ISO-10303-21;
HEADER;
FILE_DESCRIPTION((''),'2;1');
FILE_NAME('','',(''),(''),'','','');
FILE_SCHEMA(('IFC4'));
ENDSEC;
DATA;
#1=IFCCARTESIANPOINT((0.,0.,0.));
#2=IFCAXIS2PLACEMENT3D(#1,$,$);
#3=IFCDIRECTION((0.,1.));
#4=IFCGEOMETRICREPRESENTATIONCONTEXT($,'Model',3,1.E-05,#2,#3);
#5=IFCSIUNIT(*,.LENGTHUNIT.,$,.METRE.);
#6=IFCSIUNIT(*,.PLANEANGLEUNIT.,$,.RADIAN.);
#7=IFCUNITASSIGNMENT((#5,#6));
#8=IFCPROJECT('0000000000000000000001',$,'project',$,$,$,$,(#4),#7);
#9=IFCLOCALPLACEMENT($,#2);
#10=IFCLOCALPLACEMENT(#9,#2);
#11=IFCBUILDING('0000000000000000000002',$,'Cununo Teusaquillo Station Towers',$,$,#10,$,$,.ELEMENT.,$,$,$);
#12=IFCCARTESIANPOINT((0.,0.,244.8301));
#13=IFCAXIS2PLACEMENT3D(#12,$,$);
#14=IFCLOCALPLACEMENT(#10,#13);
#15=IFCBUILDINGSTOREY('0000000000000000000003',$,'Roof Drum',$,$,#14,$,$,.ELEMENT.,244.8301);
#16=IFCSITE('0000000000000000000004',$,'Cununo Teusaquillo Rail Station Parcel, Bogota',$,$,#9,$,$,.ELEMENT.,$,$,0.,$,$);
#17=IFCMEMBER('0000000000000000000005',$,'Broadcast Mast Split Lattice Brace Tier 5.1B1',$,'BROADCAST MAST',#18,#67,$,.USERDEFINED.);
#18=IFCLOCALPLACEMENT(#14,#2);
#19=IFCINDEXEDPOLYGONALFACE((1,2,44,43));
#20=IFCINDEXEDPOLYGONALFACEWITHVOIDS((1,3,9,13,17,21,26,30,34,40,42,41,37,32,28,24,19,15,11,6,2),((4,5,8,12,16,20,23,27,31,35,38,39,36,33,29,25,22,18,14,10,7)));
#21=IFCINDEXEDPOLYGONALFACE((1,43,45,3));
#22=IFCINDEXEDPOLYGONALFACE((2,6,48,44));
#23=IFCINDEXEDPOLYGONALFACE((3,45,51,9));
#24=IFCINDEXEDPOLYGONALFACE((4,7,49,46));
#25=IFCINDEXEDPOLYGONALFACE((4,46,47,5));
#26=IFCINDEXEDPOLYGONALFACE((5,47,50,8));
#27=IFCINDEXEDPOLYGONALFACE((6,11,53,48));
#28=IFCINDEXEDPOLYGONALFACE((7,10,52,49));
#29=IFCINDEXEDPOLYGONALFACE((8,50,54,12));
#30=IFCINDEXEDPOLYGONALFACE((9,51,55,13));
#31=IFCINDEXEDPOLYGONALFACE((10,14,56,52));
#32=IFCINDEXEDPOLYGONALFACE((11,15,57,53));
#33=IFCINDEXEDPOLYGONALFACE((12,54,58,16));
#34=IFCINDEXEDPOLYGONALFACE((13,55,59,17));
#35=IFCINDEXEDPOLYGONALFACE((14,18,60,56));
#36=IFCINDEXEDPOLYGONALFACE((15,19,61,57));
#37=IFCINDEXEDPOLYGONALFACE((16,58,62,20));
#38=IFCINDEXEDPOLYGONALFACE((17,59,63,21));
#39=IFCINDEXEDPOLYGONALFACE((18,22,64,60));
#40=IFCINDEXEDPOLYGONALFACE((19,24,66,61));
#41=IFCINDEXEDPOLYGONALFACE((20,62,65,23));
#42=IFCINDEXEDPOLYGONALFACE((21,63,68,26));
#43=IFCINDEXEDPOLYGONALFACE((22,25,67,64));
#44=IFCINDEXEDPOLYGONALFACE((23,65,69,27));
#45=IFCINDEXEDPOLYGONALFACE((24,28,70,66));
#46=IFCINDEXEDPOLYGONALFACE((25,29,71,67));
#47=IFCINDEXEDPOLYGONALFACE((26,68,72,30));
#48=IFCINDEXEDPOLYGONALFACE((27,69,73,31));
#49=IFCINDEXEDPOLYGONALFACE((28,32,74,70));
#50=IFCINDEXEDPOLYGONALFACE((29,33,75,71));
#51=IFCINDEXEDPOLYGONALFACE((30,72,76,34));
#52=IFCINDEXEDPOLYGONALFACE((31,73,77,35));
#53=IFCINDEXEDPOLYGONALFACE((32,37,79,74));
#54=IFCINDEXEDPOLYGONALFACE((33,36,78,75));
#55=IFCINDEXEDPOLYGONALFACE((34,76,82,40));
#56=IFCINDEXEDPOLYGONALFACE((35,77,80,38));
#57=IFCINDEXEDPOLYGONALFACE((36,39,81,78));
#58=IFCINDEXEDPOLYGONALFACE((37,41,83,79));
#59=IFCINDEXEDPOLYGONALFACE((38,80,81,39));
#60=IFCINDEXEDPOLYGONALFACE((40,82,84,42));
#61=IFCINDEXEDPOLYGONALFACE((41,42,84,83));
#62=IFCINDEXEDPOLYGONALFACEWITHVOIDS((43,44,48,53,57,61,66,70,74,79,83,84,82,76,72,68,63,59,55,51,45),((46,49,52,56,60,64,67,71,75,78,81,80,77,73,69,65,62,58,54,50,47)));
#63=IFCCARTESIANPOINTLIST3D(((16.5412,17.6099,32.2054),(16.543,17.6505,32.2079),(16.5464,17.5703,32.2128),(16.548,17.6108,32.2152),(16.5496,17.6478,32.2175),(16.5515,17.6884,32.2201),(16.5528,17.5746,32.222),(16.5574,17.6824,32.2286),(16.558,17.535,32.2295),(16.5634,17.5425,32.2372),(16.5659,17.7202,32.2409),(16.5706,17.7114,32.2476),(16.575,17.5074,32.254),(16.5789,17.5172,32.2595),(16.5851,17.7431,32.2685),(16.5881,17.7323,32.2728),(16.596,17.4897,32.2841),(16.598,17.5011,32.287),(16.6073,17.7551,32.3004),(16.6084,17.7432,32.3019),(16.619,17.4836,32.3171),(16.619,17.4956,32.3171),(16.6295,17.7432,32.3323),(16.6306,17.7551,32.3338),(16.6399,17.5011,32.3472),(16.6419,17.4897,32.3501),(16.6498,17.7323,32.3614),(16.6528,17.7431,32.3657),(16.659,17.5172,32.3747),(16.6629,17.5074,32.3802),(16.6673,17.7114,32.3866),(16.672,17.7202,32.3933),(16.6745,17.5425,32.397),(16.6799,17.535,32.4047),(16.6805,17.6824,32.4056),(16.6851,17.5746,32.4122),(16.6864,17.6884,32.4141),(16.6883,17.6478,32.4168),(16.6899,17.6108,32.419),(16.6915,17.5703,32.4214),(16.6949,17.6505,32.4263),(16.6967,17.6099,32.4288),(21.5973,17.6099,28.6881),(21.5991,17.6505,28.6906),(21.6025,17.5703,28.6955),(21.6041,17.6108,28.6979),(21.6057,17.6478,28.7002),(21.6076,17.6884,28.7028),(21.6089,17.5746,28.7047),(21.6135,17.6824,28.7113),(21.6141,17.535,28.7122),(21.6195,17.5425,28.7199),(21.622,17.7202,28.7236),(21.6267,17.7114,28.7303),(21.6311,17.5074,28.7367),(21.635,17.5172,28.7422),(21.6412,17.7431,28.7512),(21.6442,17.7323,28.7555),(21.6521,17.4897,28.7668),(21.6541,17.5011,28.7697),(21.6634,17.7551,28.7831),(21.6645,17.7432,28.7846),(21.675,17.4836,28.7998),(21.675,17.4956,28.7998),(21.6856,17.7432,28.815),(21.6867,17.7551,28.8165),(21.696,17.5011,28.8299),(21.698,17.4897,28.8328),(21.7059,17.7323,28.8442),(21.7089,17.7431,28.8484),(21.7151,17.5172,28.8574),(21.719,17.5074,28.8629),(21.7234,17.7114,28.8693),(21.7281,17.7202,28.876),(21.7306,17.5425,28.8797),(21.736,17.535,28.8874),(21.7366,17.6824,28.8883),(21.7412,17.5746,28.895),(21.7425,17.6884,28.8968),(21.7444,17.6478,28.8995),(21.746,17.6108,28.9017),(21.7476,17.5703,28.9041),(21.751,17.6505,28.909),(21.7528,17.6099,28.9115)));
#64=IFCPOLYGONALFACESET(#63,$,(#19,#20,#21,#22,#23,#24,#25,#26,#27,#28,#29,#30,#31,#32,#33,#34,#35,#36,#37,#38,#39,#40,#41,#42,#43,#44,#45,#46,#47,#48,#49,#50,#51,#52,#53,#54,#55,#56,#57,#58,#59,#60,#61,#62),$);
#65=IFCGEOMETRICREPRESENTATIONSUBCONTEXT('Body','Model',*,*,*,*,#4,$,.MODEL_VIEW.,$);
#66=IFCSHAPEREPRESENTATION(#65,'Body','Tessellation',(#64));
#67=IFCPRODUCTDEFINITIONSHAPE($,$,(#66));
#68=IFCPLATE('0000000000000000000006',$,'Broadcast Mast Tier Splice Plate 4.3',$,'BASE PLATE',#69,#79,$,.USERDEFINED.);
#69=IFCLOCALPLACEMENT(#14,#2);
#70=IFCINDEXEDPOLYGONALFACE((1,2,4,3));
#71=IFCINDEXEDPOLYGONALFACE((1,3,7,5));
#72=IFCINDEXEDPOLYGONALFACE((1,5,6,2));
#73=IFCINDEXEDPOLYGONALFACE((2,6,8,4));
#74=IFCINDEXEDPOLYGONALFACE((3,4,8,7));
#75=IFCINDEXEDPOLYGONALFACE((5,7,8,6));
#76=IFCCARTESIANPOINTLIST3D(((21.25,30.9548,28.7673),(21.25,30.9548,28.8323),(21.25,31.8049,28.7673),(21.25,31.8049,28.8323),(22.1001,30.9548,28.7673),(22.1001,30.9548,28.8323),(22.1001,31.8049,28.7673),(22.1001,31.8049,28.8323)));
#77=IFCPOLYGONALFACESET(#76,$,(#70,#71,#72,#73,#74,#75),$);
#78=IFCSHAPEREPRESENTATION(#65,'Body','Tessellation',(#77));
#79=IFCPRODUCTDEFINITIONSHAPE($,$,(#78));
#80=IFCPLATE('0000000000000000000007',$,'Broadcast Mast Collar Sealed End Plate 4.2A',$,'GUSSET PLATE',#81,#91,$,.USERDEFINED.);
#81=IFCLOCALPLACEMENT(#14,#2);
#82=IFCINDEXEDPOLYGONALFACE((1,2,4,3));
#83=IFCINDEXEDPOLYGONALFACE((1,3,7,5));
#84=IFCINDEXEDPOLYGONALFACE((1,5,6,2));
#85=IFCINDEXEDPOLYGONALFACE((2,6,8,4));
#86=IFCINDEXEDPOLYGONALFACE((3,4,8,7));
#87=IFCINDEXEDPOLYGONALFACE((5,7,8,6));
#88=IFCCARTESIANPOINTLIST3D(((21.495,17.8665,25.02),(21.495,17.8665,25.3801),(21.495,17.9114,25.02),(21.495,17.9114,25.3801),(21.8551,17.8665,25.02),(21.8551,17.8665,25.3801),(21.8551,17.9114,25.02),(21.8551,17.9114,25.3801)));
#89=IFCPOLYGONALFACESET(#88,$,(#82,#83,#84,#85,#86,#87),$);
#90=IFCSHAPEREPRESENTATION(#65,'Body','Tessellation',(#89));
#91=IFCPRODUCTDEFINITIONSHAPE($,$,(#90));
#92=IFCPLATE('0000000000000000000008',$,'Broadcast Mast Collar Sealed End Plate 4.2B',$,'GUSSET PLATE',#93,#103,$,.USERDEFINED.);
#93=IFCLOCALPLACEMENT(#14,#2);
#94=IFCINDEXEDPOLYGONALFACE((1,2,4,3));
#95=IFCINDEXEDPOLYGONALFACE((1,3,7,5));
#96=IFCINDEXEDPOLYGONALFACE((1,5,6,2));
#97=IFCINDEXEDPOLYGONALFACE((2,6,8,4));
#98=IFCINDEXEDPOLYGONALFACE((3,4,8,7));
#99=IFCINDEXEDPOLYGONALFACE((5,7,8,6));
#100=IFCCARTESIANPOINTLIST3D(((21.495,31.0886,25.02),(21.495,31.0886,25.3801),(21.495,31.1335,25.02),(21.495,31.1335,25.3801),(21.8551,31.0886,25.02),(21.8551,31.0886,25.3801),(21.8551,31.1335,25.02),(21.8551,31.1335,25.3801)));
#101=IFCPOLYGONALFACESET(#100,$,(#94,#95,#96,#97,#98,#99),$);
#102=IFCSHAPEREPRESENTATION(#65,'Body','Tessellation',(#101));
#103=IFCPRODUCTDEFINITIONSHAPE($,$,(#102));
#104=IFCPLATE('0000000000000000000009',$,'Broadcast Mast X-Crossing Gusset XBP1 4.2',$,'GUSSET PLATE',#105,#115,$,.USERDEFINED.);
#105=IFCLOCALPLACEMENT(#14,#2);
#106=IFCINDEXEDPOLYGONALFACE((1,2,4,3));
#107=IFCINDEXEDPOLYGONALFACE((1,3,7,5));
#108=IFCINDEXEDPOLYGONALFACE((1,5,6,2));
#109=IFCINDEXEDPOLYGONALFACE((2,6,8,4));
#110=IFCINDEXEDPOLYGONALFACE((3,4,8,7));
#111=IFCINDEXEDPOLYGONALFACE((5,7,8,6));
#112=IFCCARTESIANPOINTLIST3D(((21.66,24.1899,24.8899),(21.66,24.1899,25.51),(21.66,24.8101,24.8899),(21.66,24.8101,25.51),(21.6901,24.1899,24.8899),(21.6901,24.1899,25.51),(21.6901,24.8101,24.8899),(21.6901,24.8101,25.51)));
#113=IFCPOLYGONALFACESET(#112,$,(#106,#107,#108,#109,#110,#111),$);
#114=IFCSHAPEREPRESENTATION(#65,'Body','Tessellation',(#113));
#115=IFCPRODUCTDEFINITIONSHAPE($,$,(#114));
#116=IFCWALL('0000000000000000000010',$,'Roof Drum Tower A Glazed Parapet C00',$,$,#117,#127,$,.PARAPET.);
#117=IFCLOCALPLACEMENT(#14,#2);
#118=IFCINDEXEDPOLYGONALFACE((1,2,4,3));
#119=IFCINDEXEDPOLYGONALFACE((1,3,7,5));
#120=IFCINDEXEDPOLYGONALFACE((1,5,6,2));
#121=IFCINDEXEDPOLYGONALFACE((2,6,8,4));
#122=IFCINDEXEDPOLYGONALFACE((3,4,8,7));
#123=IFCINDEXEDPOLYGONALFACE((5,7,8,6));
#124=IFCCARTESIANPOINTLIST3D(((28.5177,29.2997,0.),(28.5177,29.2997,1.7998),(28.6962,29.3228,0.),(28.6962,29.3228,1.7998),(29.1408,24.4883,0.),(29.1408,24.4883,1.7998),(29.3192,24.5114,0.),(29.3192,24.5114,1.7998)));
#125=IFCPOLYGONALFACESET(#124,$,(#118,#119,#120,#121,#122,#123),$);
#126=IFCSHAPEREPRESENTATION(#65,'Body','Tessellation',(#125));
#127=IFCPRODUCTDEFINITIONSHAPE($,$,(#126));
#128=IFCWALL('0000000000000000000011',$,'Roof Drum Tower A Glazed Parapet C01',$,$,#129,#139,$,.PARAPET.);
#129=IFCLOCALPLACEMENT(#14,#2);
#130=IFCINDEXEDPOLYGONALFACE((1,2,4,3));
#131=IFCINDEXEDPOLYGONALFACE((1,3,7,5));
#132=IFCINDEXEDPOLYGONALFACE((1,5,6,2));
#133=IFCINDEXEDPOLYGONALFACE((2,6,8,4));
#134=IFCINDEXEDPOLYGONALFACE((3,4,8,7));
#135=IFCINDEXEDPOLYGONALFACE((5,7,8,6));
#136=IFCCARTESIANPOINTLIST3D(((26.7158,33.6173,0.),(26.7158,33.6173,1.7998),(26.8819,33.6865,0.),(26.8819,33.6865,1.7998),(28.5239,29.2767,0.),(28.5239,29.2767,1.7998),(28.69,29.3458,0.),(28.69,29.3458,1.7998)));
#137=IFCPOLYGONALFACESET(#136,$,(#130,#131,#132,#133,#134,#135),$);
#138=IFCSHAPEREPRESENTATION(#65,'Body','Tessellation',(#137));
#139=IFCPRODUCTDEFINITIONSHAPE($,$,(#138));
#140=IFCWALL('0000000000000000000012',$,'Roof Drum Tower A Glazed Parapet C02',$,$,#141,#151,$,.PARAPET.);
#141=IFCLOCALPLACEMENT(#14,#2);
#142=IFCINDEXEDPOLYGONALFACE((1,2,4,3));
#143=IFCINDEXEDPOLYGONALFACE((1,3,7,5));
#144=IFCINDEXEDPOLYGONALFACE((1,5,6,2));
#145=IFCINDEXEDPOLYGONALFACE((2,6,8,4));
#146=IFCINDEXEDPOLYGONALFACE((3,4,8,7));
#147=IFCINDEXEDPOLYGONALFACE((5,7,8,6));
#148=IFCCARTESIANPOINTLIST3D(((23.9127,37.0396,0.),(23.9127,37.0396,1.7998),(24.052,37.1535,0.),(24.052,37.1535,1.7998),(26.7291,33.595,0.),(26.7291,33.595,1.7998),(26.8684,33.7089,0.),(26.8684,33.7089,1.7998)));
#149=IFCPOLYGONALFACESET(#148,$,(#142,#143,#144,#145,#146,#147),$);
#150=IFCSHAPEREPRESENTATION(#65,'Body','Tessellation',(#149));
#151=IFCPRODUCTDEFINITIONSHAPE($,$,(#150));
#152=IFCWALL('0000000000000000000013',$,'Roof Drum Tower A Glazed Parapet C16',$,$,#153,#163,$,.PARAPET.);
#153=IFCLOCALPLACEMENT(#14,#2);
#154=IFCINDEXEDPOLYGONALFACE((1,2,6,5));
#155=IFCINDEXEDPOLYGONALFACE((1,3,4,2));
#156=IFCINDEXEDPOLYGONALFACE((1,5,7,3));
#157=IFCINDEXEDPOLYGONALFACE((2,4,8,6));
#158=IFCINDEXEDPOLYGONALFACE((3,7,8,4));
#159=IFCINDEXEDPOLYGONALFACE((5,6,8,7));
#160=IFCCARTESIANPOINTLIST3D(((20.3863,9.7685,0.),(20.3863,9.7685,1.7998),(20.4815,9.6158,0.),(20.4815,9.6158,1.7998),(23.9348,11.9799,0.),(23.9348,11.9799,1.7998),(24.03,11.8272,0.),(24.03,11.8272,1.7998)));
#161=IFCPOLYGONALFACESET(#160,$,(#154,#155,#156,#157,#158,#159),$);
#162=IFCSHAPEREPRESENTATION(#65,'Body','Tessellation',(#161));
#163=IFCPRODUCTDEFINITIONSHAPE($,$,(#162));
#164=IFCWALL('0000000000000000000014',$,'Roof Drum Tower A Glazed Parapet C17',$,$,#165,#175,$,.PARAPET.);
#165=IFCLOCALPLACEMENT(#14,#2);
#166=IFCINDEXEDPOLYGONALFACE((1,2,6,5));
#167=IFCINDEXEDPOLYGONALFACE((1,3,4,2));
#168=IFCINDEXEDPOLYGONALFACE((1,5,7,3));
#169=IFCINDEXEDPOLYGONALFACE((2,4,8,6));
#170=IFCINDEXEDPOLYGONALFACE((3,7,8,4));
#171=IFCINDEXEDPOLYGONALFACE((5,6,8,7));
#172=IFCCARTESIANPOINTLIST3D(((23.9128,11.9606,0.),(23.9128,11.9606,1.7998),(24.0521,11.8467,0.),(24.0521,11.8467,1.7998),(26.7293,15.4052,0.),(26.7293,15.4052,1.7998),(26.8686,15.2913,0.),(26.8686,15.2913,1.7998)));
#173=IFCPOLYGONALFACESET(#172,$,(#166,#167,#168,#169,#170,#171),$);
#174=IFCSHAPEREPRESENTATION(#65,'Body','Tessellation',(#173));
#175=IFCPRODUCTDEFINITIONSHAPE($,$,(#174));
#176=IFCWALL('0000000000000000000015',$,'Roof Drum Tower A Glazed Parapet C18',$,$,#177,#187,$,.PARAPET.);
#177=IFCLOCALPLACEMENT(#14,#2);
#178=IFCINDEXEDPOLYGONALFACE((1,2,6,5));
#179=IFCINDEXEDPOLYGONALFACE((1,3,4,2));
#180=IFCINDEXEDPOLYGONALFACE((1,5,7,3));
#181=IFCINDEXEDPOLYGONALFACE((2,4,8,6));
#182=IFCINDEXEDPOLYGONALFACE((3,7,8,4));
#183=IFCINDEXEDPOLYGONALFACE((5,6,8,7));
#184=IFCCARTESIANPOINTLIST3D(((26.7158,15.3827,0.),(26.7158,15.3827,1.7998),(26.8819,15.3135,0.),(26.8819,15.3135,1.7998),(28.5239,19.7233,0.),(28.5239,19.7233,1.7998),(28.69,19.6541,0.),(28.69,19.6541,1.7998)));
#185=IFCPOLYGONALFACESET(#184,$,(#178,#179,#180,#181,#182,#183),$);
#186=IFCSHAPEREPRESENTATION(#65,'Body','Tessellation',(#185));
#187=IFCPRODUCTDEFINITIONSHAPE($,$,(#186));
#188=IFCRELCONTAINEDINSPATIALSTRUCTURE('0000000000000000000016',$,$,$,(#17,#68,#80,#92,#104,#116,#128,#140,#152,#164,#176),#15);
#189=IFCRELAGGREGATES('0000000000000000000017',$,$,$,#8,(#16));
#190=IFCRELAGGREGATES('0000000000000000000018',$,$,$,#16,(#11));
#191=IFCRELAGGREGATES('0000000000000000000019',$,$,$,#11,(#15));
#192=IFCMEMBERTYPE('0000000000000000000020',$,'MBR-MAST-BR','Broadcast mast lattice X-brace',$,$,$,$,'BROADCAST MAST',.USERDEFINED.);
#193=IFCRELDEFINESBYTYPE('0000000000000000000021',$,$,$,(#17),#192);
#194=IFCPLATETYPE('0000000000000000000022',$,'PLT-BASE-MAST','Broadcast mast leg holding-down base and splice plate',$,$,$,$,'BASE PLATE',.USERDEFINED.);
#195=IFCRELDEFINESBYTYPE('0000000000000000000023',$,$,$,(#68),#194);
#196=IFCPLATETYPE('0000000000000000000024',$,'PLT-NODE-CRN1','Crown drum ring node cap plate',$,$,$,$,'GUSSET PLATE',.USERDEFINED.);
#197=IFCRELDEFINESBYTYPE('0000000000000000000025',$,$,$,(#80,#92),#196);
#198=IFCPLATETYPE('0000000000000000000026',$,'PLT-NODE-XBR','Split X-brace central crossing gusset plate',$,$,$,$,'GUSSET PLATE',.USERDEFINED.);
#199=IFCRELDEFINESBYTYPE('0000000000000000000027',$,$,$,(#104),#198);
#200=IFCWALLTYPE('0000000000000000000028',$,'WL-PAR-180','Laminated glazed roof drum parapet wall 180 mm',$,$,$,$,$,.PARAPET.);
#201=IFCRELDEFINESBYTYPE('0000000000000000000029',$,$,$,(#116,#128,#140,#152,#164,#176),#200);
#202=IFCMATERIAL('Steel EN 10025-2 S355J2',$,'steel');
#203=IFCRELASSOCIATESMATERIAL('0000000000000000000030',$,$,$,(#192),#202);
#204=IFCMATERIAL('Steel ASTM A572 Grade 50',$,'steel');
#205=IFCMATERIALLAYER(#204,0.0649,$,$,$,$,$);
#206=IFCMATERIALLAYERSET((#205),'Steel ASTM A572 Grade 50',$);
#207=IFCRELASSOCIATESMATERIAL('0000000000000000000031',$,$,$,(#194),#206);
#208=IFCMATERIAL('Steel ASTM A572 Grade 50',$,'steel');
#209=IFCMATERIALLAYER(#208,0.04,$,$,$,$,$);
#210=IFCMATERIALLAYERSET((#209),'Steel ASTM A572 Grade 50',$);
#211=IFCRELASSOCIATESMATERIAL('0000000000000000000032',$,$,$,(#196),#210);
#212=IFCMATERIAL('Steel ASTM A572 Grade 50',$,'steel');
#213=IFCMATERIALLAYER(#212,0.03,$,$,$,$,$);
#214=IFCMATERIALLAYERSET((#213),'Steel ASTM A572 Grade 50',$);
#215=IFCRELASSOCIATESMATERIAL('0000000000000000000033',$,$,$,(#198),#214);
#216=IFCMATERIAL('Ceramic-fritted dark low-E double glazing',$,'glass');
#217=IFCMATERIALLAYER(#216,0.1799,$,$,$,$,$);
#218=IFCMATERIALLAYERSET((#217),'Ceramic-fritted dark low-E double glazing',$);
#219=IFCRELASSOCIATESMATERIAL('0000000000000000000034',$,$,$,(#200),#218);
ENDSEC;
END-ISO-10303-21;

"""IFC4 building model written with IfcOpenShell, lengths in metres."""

from ifc_helpers import new_model, si_unit, direction, frame, frame_2d, origin, origin_2d, place, context, subcontext, project, spatial, rectangle, hollow_circle, extrude, source, transform, mapped, material, layer, layer_set, material_profile, profile_set, type_object, element, save


model = new_model("IFC4")

# Units and contexts
model_context = context("Model", 3, precision=1e-05, world=origin(), true_north=direction((0.0, 1.0)))
body_context = subcontext(model_context, "Body", "Model", "MODEL_VIEW")
ifc_project = project(units=[si_unit("LENGTHUNIT", "METRE"), si_unit("PLANEANGLEUNIT", "RADIAN")], contexts=[model_context])

# Site, building, storey
site_placement = place(None, origin())
site = spatial("IfcSite", under=ifc_project, at=site_placement, Name="Cununo Teusaquillo Rail Station Parcel, Bogota", CompositionType="ELEMENT", RefElevation=0.0)
building_placement = place(site_placement, origin())
building = spatial("IfcBuilding", under=site, at=building_placement, Name="Cununo Teusaquillo Station Towers", CompositionType="ELEMENT")
storey_placement = place(building_placement, frame((0.0, 0.0, 244.8301)))
storey = spatial("IfcBuildingStorey", under=building, at=storey_placement, Name="Roof Drum", CompositionType="ELEMENT", Elevation=244.8301)

# Member
ifc_material_1 = material(Name="Steel EN 10025-2 S355J2", Category="steel")
ifc_material_profile_1 = material_profile(ifc_material_1, hollow_circle(Radius=0.1365, WallThickness=0.012, at=origin_2d()), Name="CHS 273x12")
ifc_profile_set_1 = profile_set([ifc_material_profile_1], Name="Steel EN 10025-2 S355J2")
member_type = type_object("IfcMemberType", Name="MBR-MAST-BR", Description="Broadcast mast lattice X-brace", ElementType="BROADCAST MAST", PredefinedType="USERDEFINED", material=ifc_profile_set_1)
member_1_placement = place(storey_placement, frame((21.675, 17.6201, 28.7998), z_axis=(-0.820904, 0.0, 0.571066), x_axis=(0.0, -1.0, 0.0)))
element("IfcMember", 1, at=member_1_placement, inside=storey, type_object=member_type, Name="Broadcast Mast Split Lattice Brace Tier 5.1B1", ObjectType="BROADCAST MAST", PredefinedType="USERDEFINED", context=body_context, shape_type="SweptSolid", body=[
    extrude(hollow_circle(Radius=0.1365, WallThickness=0.012, at=origin_2d()), origin(), (0.0, 0.0, 1.0), 6.1592),
])

# Plates
ifc_material_2 = material(Name="Steel ASTM A572 Grade 50", Category="steel")
ifc_layer_1 = layer(ifc_material_2, 0.0649)
ifc_layer_set_1 = layer_set([ifc_layer_1], Name="Steel ASTM A572 Grade 50")
plate_type_1 = type_object("IfcPlateType", Name="PLT-BASE-MAST", Description="Broadcast mast leg holding-down base and splice plate", ElementType="BASE PLATE", PredefinedType="USERDEFINED", material=ifc_layer_set_1)
shared_shape_1 = source(origin(), body_context, "Body", "SweptSolid", [
    extrude(rectangle(XDim=0.8501, YDim=0.8501, at=origin_2d()), origin(), (0.0, 0.0, 1.0), 0.0649),
])
plate_1_placement = place(storey_placement, frame((21.675, 31.3799, 28.7673), z_axis=(0.0, 0.0, 1.0), x_axis=(1.0, 0.0, 0.0)))
element("IfcPlate", 2, at=plate_1_placement, inside=storey, type_object=plate_type_1, Name="Broadcast Mast Tier Splice Plate 4.3", ObjectType="BASE PLATE", PredefinedType="USERDEFINED", context=body_context, shape_type="MappedRepresentation", body=[
    mapped(shared_shape_1, transform((0.0, 0.0, 0.0), x_axis=(1.0, 0.0, 0.0), y_axis=(0.0, 1.0, 0.0), z_axis=(0.0, 0.0, 1.0), scale=1.0)),
])
ifc_material_3 = material(Name="Steel ASTM A572 Grade 50", Category="steel")
ifc_layer_2 = layer(ifc_material_3, 0.04)
ifc_layer_set_2 = layer_set([ifc_layer_2], Name="Steel ASTM A572 Grade 50")
plate_type_2 = type_object("IfcPlateType", Name="PLT-NODE-CRN1", Description="Crown drum ring node cap plate", ElementType="GUSSET PLATE", PredefinedType="USERDEFINED", material=ifc_layer_set_2)
shared_shape_2 = source(origin(), body_context, "Body", "SweptSolid", [
    extrude(rectangle(XDim=0.0449, YDim=0.3601, at=origin_2d()), origin(), (0.0, 0.0, 1.0), 0.3601),
])
for number, where, z_axis, x_axis, name in (
    (3, (21.675, 17.8889, 25.02), (0.0, 0.0, 1.0), (0.0, 1.0, 0.0), "Broadcast Mast Collar Sealed End Plate 4.2A"),
    (4, (21.675, 31.1111, 25.02), (0.0, 0.0, 1.0), (0.0, 1.0, 0.0), "Broadcast Mast Collar Sealed End Plate 4.2B"),
):
    element("IfcPlate", number, at=place(storey_placement, frame(where, z_axis=z_axis, x_axis=x_axis)), inside=storey, type_object=plate_type_2, Name=name, ObjectType="GUSSET PLATE", PredefinedType="USERDEFINED", context=body_context, shape_type="MappedRepresentation", body=[
        mapped(shared_shape_2, transform((0.0, 0.0, 0.0), x_axis=(1.0, 0.0, 0.0), y_axis=(0.0, 1.0, 0.0), z_axis=(0.0, 0.0, 1.0), scale=1.0)),
    ])
ifc_material_4 = material(Name="Steel ASTM A572 Grade 50", Category="steel")
ifc_layer_3 = layer(ifc_material_4, 0.03)
ifc_layer_set_3 = layer_set([ifc_layer_3], Name="Steel ASTM A572 Grade 50")
plate_type_3 = type_object("IfcPlateType", Name="PLT-NODE-XBR", Description="Split X-brace central crossing gusset plate", ElementType="GUSSET PLATE", PredefinedType="USERDEFINED", material=ifc_layer_set_3)
shared_shape_3 = source(origin(), body_context, "Body", "SweptSolid", [
    extrude(rectangle(XDim=0.6201, YDim=0.03, at=origin_2d()), origin(), (0.0, 0.0, 1.0), 0.6201),
])
plate_2_placement = place(storey_placement, frame((21.675, 24.5, 24.8899), z_axis=(0.0, 0.0, 1.0), x_axis=(0.0, 1.0, 0.0)))
element("IfcPlate", 5, at=plate_2_placement, inside=storey, type_object=plate_type_3, Name="Broadcast Mast X-Crossing Gusset XBP1 4.2", ObjectType="GUSSET PLATE", PredefinedType="USERDEFINED", context=body_context, shape_type="MappedRepresentation", body=[
    mapped(shared_shape_3, transform((0.0, 0.0, 0.0), x_axis=(1.0, 0.0, 0.0), y_axis=(0.0, 1.0, 0.0), z_axis=(0.0, 0.0, 1.0), scale=1.0)),
])

# Walls
ifc_material_5 = material(Name="Ceramic-fritted dark low-E double glazing", Category="glass")
ifc_layer_4 = layer(ifc_material_5, 0.1799)
ifc_layer_set_4 = layer_set([ifc_layer_4], Name="Ceramic-fritted dark low-E double glazing")
wall_type = type_object("IfcWallType", Name="WL-PAR-180", Description="Laminated glazed roof drum parapet wall 180 mm", PredefinedType="PARAPET", material=ifc_layer_set_4)
wall_1_placement = place(storey_placement, frame((28.6069, 29.3113, 0.0), z_axis=(0.0, 0.0, 1.0), x_axis=(0.128425, -0.991719, 0.0)))
element("IfcWall", 6, at=wall_1_placement, inside=storey, type_object=wall_type, Name="Roof Drum Tower A Glazed Parapet C00", PredefinedType="PARAPET", context=body_context, shape_type="SweptSolid", body=[
    extrude(rectangle(XDim=4.8516, YDim=0.1799, at=frame_2d((2.4258, 0.0))), origin(), (0.0, 0.0, 1.0), 1.7998),
])
wall_2_placement = place(storey_placement, frame((26.7988, 33.6519, 0.0), z_axis=(0.0, 0.0, 1.0), x_axis=(0.384531, -0.923112, 0.0)))
element("IfcWall", 7, at=wall_2_placement, inside=storey, type_object=wall_type, Name="Roof Drum Tower A Glazed Parapet C01", PredefinedType="PARAPET", context=body_context, shape_type="SweptSolid", body=[
    extrude(rectangle(XDim=4.7021, YDim=0.1799, at=frame_2d((2.3511, 0.0))), origin(), (0.0, 0.0, 1.0), 1.7998),
])
wall_3_placement = place(storey_placement, frame((23.9824, 37.0964, 0.0), z_axis=(0.0, 0.0, 1.0), x_axis=(0.632984, -0.774165, 0.0)))
element("IfcWall", 8, at=wall_3_placement, inside=storey, type_object=wall_type, Name="Roof Drum Tower A Glazed Parapet C02", PredefinedType="PARAPET", context=body_context, shape_type="SweptSolid", body=[
    extrude(rectangle(XDim=4.4495, YDim=0.1799, at=frame_2d((2.2246, 0.0))), origin(), (0.0, 0.0, 1.0), 1.7998),
])
wall_4_placement = place(storey_placement, frame((23.9824, 11.9036, 0.0), z_axis=(0.0, 0.0, 1.0), x_axis=(-0.84869, -0.528891, 0.0)))
element("IfcWall", 9, at=wall_4_placement, inside=storey, type_object=wall_type, Name="Roof Drum Tower A Glazed Parapet C16", PredefinedType="PARAPET", context=body_context, shape_type="SweptSolid", body=[
    extrude(rectangle(XDim=4.1812, YDim=0.1799, at=frame_2d((2.0906, 0.0))), origin(), (0.0, 0.0, 1.0), 1.7998),
])
wall_5_placement = place(storey_placement, frame((26.7988, 15.3481, 0.0), z_axis=(0.0, 0.0, 1.0), x_axis=(-0.632984, -0.774165, 0.0)))
element("IfcWall", 10, at=wall_5_placement, inside=storey, type_object=wall_type, Name="Roof Drum Tower A Glazed Parapet C17", PredefinedType="PARAPET", context=body_context, shape_type="SweptSolid", body=[
    extrude(rectangle(XDim=4.4495, YDim=0.1799, at=frame_2d((2.2246, 0.0))), origin(), (0.0, 0.0, 1.0), 1.7998),
])
wall_6_placement = place(storey_placement, frame((28.6069, 19.6887, 0.0), z_axis=(0.0, 0.0, 1.0), x_axis=(-0.384531, -0.923112, 0.0)))
element("IfcWall", 11, at=wall_6_placement, inside=storey, type_object=wall_type, Name="Roof Drum Tower A Glazed Parapet C18", PredefinedType="PARAPET", context=body_context, shape_type="SweptSolid", body=[
    extrude(rectangle(XDim=4.7021, YDim=0.1799, at=frame_2d((2.3511, 0.0))), origin(), (0.0, 0.0, 1.0), 1.7998),
])

save(model, "model.ifc")
